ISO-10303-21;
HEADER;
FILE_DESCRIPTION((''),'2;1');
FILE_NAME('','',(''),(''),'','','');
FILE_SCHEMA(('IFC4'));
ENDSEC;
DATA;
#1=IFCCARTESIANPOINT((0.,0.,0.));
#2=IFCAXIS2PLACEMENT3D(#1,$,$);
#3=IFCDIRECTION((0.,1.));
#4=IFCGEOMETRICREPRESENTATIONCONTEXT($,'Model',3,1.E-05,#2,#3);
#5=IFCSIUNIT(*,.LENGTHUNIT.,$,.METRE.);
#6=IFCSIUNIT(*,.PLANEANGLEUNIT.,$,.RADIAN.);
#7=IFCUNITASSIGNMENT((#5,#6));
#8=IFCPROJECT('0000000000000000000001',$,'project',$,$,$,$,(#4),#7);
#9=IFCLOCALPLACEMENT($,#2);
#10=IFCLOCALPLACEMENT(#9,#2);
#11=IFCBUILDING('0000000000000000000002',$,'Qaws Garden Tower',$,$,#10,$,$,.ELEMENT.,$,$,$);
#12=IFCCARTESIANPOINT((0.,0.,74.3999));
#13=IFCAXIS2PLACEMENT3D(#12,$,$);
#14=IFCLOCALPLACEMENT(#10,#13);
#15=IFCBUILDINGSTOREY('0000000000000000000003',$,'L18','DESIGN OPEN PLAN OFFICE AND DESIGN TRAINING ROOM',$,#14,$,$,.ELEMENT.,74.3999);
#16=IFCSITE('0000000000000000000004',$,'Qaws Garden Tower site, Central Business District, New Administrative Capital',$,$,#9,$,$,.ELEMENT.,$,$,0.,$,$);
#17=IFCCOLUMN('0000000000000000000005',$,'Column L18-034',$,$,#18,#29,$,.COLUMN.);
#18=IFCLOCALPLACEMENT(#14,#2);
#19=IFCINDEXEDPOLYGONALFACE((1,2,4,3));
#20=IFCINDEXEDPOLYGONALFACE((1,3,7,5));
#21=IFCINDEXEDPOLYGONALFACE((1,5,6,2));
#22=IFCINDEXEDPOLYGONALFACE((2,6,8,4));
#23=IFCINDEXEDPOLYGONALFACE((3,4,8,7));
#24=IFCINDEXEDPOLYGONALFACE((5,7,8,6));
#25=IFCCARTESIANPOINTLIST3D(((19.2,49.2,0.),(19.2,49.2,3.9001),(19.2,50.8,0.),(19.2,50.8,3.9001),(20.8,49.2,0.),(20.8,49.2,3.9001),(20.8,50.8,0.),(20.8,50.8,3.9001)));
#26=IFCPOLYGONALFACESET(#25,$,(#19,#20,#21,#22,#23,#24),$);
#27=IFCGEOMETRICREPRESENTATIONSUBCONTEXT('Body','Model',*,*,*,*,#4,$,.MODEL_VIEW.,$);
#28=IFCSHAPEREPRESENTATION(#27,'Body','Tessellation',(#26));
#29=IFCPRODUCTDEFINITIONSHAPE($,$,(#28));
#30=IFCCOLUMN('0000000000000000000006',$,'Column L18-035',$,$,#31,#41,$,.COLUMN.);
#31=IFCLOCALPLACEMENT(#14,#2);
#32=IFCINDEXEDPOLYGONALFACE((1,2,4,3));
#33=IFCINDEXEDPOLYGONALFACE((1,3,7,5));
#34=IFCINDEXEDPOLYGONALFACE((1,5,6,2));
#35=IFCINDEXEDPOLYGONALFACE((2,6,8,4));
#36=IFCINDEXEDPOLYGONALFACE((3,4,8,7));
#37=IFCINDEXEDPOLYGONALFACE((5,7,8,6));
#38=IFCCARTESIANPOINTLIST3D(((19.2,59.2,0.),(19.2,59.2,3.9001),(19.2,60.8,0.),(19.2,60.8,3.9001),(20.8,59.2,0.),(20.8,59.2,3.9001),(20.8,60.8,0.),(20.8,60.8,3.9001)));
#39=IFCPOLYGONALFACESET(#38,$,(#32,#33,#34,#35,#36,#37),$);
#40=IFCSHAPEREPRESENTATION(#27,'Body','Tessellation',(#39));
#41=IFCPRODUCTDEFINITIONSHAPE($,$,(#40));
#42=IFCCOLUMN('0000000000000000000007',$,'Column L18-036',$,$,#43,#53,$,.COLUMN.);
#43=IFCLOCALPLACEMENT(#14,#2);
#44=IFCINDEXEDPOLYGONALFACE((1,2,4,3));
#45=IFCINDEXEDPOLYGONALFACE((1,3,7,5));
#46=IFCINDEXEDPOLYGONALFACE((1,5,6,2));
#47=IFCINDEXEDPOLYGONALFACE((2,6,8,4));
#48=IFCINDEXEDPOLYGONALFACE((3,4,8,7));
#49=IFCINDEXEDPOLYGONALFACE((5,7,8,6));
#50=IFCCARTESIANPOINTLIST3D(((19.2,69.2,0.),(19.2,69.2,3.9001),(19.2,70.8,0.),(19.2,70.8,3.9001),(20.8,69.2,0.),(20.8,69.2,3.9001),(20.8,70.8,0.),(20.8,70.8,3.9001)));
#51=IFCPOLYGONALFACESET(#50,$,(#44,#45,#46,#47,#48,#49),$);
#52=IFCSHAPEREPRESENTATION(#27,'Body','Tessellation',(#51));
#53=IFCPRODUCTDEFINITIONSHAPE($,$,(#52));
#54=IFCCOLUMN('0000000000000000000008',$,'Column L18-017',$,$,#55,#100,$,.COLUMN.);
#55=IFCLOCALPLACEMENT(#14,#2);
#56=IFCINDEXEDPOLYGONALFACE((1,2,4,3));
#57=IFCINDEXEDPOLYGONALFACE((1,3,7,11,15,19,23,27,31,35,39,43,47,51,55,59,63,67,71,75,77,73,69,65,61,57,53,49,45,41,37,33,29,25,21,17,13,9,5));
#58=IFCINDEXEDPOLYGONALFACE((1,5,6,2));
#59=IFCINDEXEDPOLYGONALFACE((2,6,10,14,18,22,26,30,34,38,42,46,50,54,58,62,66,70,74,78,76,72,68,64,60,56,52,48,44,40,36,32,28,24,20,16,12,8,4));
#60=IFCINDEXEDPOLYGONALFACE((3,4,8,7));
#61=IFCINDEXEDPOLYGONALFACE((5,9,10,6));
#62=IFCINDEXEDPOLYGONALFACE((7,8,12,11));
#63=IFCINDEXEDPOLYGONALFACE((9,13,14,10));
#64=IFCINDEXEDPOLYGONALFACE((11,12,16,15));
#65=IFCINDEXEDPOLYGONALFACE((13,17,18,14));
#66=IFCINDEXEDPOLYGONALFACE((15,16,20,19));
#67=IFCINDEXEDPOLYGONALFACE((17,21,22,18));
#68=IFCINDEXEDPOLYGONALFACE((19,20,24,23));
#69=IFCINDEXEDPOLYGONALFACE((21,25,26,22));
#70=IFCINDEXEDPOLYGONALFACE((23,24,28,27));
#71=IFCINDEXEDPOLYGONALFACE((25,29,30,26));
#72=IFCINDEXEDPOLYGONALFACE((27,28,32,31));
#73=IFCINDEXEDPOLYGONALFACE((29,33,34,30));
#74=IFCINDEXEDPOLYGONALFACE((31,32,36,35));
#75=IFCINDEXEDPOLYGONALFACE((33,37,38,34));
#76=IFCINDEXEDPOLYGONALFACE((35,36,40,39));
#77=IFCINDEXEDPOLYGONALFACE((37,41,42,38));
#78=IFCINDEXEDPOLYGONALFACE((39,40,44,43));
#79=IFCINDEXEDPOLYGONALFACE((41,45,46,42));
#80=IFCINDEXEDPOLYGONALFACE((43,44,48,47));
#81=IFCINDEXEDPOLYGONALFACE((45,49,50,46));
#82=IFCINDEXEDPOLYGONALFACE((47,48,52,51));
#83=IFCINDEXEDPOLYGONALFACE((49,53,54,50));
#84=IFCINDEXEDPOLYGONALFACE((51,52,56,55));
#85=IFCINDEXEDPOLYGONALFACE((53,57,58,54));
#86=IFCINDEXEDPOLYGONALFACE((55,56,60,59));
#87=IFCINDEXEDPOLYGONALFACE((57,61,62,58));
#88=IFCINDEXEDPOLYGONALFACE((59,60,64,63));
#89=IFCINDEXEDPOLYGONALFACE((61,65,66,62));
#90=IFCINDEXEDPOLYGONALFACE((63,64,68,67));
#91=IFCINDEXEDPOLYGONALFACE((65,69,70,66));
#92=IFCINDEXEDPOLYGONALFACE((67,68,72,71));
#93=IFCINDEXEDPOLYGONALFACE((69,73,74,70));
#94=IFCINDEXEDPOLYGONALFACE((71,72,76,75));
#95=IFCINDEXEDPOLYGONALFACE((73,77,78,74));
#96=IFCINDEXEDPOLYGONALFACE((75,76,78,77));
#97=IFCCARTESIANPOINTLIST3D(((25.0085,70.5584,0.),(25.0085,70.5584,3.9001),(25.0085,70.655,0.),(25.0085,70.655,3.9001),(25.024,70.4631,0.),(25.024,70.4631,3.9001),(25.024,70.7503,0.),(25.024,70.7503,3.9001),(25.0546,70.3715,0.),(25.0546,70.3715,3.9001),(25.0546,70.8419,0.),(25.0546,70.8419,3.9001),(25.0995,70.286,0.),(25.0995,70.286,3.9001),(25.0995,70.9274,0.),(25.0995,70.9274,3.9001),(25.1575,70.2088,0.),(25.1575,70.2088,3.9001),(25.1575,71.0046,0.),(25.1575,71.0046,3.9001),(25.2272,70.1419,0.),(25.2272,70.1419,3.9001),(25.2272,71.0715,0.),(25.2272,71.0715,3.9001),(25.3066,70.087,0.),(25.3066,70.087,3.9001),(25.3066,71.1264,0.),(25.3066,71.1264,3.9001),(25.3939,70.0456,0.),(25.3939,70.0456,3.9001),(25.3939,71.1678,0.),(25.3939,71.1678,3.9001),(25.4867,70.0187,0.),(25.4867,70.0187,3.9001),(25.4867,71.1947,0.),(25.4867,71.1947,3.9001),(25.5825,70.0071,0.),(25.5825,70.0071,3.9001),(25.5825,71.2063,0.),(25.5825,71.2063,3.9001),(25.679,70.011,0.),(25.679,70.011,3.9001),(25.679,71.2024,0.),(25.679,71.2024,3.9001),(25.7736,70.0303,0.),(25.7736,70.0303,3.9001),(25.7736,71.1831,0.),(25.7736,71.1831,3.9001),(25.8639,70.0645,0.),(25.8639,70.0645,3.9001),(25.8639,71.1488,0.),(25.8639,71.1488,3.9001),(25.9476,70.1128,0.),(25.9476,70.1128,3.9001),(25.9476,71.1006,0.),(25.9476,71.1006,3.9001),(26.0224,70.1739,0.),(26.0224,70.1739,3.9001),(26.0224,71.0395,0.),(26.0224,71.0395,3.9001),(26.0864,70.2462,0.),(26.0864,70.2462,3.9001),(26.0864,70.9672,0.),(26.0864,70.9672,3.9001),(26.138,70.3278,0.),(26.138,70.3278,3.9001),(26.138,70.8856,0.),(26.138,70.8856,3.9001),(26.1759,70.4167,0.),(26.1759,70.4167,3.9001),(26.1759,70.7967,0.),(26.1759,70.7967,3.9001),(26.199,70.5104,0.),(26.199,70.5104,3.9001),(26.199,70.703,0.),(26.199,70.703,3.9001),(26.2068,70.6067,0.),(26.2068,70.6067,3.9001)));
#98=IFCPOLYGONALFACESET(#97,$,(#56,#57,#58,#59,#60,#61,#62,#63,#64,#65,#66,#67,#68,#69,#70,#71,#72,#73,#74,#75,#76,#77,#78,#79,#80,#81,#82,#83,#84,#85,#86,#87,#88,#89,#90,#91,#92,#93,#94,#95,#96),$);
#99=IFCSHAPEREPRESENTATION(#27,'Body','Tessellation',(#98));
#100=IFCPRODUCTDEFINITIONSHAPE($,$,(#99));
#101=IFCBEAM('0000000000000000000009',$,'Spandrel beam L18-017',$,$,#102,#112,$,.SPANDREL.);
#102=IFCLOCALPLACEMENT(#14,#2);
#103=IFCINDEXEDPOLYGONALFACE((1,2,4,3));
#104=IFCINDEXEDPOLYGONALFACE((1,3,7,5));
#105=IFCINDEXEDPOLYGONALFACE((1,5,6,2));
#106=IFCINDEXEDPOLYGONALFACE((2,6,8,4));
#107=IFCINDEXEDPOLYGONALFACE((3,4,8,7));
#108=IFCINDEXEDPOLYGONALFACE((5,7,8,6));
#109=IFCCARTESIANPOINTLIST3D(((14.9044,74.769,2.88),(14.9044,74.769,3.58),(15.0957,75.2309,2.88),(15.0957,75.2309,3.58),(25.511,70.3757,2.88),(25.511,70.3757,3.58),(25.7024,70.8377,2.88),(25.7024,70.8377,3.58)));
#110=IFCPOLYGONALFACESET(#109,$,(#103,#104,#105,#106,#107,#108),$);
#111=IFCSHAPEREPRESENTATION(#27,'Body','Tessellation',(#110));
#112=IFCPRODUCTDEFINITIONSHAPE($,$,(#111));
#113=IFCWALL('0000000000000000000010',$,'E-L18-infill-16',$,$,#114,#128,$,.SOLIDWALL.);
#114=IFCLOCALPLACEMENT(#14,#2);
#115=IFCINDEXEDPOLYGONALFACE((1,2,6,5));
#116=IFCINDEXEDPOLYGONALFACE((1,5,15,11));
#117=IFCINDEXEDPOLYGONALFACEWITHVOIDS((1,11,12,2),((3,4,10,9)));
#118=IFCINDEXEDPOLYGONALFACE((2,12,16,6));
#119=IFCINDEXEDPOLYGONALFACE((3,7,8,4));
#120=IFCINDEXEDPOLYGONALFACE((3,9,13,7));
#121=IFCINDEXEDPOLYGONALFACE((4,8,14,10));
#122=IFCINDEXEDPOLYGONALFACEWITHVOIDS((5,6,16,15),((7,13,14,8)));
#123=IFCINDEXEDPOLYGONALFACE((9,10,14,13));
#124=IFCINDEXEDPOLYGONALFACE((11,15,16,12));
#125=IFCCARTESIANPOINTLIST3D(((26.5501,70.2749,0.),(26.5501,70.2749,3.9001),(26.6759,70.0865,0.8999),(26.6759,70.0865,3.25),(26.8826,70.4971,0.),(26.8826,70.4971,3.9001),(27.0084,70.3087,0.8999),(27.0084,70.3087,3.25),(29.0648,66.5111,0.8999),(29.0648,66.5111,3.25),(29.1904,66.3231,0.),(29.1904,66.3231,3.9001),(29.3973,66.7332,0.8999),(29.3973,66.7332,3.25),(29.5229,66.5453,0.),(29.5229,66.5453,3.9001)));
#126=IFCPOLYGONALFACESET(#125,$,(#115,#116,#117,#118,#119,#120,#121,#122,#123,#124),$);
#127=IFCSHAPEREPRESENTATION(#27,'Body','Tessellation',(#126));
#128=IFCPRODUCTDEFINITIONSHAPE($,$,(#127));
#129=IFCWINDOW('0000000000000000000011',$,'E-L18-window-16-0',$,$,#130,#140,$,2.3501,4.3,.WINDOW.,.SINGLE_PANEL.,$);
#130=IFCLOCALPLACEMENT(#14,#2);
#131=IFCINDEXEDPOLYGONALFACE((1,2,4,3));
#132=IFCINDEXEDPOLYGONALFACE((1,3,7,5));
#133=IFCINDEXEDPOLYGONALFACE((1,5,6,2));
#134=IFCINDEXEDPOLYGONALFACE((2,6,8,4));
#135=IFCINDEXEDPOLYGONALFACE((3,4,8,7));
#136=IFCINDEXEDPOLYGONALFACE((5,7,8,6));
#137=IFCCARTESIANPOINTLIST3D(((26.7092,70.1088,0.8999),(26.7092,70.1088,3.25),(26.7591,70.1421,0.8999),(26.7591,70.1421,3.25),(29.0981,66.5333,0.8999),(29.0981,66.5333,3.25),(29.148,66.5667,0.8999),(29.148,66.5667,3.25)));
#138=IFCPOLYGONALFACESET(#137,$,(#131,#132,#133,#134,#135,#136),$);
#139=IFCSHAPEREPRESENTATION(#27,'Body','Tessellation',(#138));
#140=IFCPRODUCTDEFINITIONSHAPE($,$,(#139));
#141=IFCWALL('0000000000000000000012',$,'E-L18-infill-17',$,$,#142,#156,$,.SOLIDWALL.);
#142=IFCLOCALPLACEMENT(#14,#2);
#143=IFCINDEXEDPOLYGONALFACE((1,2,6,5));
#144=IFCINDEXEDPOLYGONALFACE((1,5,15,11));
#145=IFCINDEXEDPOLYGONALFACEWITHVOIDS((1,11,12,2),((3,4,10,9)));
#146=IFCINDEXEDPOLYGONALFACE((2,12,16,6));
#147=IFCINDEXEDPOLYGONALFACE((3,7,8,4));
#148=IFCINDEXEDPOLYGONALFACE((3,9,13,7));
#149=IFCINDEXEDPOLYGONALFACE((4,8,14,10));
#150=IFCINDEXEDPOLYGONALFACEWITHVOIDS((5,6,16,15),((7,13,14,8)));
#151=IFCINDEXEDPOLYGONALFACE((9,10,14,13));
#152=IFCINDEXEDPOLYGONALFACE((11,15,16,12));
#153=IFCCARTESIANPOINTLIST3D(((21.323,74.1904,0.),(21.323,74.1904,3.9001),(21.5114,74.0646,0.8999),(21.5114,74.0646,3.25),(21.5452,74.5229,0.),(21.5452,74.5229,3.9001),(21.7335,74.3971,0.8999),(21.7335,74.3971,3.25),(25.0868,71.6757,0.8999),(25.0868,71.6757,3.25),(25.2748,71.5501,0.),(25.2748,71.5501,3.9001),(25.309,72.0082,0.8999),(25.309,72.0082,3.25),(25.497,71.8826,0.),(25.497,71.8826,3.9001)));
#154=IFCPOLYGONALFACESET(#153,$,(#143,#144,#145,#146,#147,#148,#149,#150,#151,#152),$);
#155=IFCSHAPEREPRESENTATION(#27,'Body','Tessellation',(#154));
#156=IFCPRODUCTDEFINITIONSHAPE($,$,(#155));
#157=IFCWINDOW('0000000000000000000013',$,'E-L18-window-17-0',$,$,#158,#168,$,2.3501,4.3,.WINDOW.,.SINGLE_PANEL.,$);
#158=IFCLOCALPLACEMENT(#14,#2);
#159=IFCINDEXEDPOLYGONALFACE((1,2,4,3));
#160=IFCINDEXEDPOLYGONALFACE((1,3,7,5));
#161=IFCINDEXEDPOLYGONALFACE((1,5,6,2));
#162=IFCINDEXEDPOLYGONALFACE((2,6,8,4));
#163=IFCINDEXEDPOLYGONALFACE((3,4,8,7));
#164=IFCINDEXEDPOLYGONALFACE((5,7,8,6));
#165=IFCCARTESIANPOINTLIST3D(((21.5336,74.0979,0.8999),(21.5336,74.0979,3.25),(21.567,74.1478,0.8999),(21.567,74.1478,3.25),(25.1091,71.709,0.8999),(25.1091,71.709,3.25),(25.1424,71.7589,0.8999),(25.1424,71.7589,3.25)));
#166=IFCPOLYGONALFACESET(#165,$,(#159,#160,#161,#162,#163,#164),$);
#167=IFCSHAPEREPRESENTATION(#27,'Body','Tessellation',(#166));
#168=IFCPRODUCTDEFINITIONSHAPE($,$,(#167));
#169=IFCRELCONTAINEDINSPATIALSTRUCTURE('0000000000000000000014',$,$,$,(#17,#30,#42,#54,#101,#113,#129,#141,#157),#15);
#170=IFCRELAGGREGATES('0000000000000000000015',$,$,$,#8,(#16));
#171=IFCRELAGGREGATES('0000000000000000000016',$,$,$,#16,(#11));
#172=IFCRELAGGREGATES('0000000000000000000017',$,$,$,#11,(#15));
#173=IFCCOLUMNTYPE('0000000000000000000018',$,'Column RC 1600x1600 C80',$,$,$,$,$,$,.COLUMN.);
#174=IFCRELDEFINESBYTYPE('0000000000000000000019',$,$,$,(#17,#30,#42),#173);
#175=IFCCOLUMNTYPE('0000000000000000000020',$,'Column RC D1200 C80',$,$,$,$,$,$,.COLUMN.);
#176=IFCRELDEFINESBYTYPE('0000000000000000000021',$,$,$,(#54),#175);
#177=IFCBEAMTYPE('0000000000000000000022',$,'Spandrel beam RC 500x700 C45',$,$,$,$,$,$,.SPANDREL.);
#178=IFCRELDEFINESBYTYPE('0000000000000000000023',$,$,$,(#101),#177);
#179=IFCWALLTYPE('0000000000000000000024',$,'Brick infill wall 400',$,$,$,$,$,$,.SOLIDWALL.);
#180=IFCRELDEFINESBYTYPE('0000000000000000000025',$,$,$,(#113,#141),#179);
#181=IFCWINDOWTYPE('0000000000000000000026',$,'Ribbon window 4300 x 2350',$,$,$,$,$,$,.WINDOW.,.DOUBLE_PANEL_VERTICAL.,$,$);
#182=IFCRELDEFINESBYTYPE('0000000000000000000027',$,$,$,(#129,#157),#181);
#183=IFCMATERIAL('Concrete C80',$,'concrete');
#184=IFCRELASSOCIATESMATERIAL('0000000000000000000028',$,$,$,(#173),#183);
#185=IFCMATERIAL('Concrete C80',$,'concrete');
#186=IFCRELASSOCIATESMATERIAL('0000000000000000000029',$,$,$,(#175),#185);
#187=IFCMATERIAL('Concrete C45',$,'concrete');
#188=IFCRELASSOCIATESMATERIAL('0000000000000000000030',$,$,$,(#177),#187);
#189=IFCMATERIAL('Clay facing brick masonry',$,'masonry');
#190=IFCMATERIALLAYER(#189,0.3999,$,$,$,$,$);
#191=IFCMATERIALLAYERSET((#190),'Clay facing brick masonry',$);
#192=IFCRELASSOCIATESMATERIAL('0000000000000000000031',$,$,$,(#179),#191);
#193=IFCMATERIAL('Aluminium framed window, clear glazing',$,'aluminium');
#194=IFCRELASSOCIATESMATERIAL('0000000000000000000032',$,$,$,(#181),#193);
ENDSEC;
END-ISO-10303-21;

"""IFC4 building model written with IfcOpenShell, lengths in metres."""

from ifc_helpers import new_model, si_unit, direction, frame, frame_2d, origin, origin_2d, place, context, subcontext, project, spatial, rectangle, circle, extrude, material, layer, layer_set, material_profile, profile_set, type_object, element, fill, save


model = new_model("IFC4")

# Units and contexts
model_context = context("Model", 3, precision=1e-05, world=origin(), true_north=direction((0.0, 1.0)))
body_context = subcontext(model_context, "Body", "Model", "MODEL_VIEW")
ifc_project = project(units=[si_unit("LENGTHUNIT", "METRE"), si_unit("PLANEANGLEUNIT", "RADIAN")], contexts=[model_context])

# Site, building, storey
site_placement = place(None, origin())
site = spatial("IfcSite", under=ifc_project, at=site_placement, Name="Qaws Garden Tower site, Central Business District, New Administrative Capital", CompositionType="ELEMENT", RefElevation=0.0)
building_placement = place(site_placement, origin())
building = spatial("IfcBuilding", under=site, at=building_placement, Name="Qaws Garden Tower", CompositionType="ELEMENT")
storey_placement = place(building_placement, frame((0.0, 0.0, 74.3999)))
storey = spatial("IfcBuildingStorey", under=building, at=storey_placement, Name="L18", Description="DESIGN OPEN PLAN OFFICE AND DESIGN TRAINING ROOM", CompositionType="ELEMENT", Elevation=74.3999)

# Columns
ifc_material_1 = material(Name="Concrete C80", Category="concrete")
ifc_material_profile_1 = material_profile(ifc_material_1, rectangle(XDim=1.6001, YDim=1.6001, at=origin_2d()), Name="RC 1600x1600")
ifc_profile_set_1 = profile_set([ifc_material_profile_1], Name="Concrete C80")
column_type_1 = type_object("IfcColumnType", Name="Column RC 1600x1600 C80", PredefinedType="COLUMN", material=ifc_profile_set_1)
for number, where, z_axis, x_axis, name in (
    (1, (20.0, 50.0, 0.0), (0.0, 0.0, 1.0), (1.0, 0.0, 0.0), "Column L18-034"),
    (2, (20.0, 60.0, 0.0), (0.0, 0.0, 1.0), (1.0, 0.0, 0.0), "Column L18-035"),
    (3, (20.0, 70.0, 0.0), (0.0, 0.0, 1.0), (1.0, 0.0, 0.0), "Column L18-036"),
):
    element("IfcColumn", number, at=place(storey_placement, frame(where, z_axis=z_axis, x_axis=x_axis)), inside=storey, type_object=column_type_1, Name=name, PredefinedType="COLUMN", context=body_context, shape_type="SweptSolid", body=[
        extrude(rectangle(XDim=1.6001, YDim=1.6001, at=origin_2d()), origin(), (0.0, 0.0, 1.0), 3.9001),
    ])
ifc_material_2 = material(Name="Concrete C80", Category="concrete")
ifc_material_profile_2 = material_profile(ifc_material_2, circle(Radius=0.6001, at=origin_2d()), Name="RC D1200")
ifc_profile_set_2 = profile_set([ifc_material_profile_2], Name="Concrete C80")
column_type_2 = type_object("IfcColumnType", Name="Column RC D1200 C80", PredefinedType="COLUMN", material=ifc_profile_set_2)
column_placement = place(storey_placement, frame((25.6067, 70.6067, 0.0), z_axis=(0.0, 0.0, 1.0), x_axis=(1.0, 0.0, 0.0)))
element("IfcColumn", 4, at=column_placement, inside=storey, type_object=column_type_2, Name="Column L18-017", PredefinedType="COLUMN", context=body_context, shape_type="SweptSolid", body=[
    extrude(circle(Radius=0.6001, at=origin_2d()), origin(), (0.0, 0.0, 1.0), 3.9001),
])

# Beam
ifc_material_3 = material(Name="Concrete C45", Category="concrete")
ifc_material_profile_3 = material_profile(ifc_material_3, rectangle(XDim=0.5, YDim=0.7, at=origin_2d()), Name="RC 500x700")
ifc_profile_set_3 = profile_set([ifc_material_profile_3], Name="Concrete C45")
beam_type = type_object("IfcBeamType", Name="Spandrel beam RC 500x700 C45", PredefinedType="SPANDREL", material=ifc_profile_set_3)
beam_placement = place(storey_placement, frame((25.6067, 70.6067, 3.23), z_axis=(-0.923883, 0.382674, 0.0), x_axis=(-0.382674, -0.923883, 0.0)))
element("IfcBeam", 5, at=beam_placement, inside=storey, type_object=beam_type, Name="Spandrel beam L18-017", PredefinedType="SPANDREL", context=body_context, shape_type="SweptSolid", body=[
    extrude(rectangle(XDim=0.5, YDim=0.7, at=origin_2d()), origin(), (0.0, 0.0, 1.0), 11.4805),
])

# Walls, openings, windows
ifc_material_4 = material(Name="Clay facing brick masonry", Category="masonry")
ifc_layer_1 = layer(ifc_material_4, 0.3999)
ifc_layer_set_1 = layer_set([ifc_layer_1], Name="Clay facing brick masonry")
wall_type_1 = type_object("IfcWallType", Name="Brick infill wall 400", PredefinedType="SOLIDWALL", material=ifc_layer_set_1)
wall_1_placement = place(storey_placement, frame((29.3567, 66.4341, 0.0), z_axis=(0.0, 0.0, 1.0), x_axis=(-0.555542, 0.831489, 0.0)))
wall_1 = element("IfcWall", 6, at=wall_1_placement, inside=storey, type_object=wall_type_1, Name="E-L18-infill-16", PredefinedType="SOLIDWALL", context=body_context, shape_type="SweptSolid", body=[
    extrude(rectangle(XDim=4.7527, YDim=0.3999, at=frame_2d((2.3765, 0.0))), origin(), (0.0, 0.0, 1.0), 3.9001),
])
opening_1_placement = place(wall_1_placement, frame((0.2263, 0.0, 0.8999)))
opening_1 = element("IfcOpeningElement", 7, at=opening_1_placement, cuts=wall_1, PredefinedType="OPENING", context=body_context, shape_type="SweptSolid", body=[
    extrude(rectangle(XDim=4.3, YDim=2.3501, at=frame_2d((2.1499, 1.175))), frame((0.0, 0.21, 0.0), z_axis=(0.0, -1.0, 0.0), x_axis=(1.0, 0.0, 0.0)), (0.0, 0.0, 1.0), 0.4199),
])
ifc_material_5 = material(Name="Aluminium framed window, clear glazing", Category="aluminium")
window_type = type_object("IfcWindowType", Name="Ribbon window 4300 x 2350", PartitioningType="DOUBLE_PANEL_VERTICAL", PredefinedType="WINDOW", material=ifc_material_5)
window_1_placement = place(opening_1_placement, origin())
window_1 = element("IfcWindow", 8, at=window_1_placement, inside=storey, type_object=window_type, Name="E-L18-window-16-0", OverallHeight=2.3501, OverallWidth=4.3, PartitioningType="SINGLE_PANEL", PredefinedType="WINDOW", context=body_context, shape_type="SweptSolid", body=[
    extrude(rectangle(XDim=4.3, YDim=2.3501, at=frame_2d((2.1499, 1.175))), frame((0.0, 0.1599, 0.0), z_axis=(0.0, -1.0, 0.0), x_axis=(1.0, 0.0, 0.0)), (0.0, 0.0, 1.0), 0.0601),
])
fill(opening_1, window_1)
wall_2_placement = place(storey_placement, frame((25.386, 71.7163, 0.0), z_axis=(0.0, 0.0, 1.0), x_axis=(-0.831489, 0.555542, 0.0)))
wall_2 = element("IfcWall", 9, at=wall_2_placement, inside=storey, type_object=wall_type_1, Name="E-L18-infill-17", PredefinedType="SOLIDWALL", context=body_context, shape_type="SweptSolid", body=[
    extrude(rectangle(XDim=4.7527, YDim=0.3999, at=frame_2d((2.3765, 0.0))), origin(), (0.0, 0.0, 1.0), 3.9001),
])
opening_2_placement = place(wall_2_placement, frame((0.2263, 0.0, 0.8999)))
opening_2 = element("IfcOpeningElement", 10, at=opening_2_placement, cuts=wall_2, PredefinedType="OPENING", context=body_context, shape_type="SweptSolid", body=[
    extrude(rectangle(XDim=4.3, YDim=2.3501, at=frame_2d((2.1499, 1.175))), frame((0.0, 0.21, 0.0), z_axis=(0.0, -1.0, 0.0), x_axis=(1.0, 0.0, 0.0)), (0.0, 0.0, 1.0), 0.4199),
])
window_2_placement = place(opening_2_placement, origin())
window_2 = element("IfcWindow", 11, at=window_2_placement, inside=storey, type_object=window_type, Name="E-L18-window-17-0", OverallHeight=2.3501, OverallWidth=4.3, PartitioningType="SINGLE_PANEL", PredefinedType="WINDOW", context=body_context, shape_type="SweptSolid", body=[
    extrude(rectangle(XDim=4.3, YDim=2.3501, at=frame_2d((2.1499, 1.175))), frame((0.0, 0.1599, 0.0), z_axis=(0.0, -1.0, 0.0), x_axis=(1.0, 0.0, 0.0)), (0.0, 0.0, 1.0), 0.0601),
])
fill(opening_2, window_2)

save(model, "model.ifc")
